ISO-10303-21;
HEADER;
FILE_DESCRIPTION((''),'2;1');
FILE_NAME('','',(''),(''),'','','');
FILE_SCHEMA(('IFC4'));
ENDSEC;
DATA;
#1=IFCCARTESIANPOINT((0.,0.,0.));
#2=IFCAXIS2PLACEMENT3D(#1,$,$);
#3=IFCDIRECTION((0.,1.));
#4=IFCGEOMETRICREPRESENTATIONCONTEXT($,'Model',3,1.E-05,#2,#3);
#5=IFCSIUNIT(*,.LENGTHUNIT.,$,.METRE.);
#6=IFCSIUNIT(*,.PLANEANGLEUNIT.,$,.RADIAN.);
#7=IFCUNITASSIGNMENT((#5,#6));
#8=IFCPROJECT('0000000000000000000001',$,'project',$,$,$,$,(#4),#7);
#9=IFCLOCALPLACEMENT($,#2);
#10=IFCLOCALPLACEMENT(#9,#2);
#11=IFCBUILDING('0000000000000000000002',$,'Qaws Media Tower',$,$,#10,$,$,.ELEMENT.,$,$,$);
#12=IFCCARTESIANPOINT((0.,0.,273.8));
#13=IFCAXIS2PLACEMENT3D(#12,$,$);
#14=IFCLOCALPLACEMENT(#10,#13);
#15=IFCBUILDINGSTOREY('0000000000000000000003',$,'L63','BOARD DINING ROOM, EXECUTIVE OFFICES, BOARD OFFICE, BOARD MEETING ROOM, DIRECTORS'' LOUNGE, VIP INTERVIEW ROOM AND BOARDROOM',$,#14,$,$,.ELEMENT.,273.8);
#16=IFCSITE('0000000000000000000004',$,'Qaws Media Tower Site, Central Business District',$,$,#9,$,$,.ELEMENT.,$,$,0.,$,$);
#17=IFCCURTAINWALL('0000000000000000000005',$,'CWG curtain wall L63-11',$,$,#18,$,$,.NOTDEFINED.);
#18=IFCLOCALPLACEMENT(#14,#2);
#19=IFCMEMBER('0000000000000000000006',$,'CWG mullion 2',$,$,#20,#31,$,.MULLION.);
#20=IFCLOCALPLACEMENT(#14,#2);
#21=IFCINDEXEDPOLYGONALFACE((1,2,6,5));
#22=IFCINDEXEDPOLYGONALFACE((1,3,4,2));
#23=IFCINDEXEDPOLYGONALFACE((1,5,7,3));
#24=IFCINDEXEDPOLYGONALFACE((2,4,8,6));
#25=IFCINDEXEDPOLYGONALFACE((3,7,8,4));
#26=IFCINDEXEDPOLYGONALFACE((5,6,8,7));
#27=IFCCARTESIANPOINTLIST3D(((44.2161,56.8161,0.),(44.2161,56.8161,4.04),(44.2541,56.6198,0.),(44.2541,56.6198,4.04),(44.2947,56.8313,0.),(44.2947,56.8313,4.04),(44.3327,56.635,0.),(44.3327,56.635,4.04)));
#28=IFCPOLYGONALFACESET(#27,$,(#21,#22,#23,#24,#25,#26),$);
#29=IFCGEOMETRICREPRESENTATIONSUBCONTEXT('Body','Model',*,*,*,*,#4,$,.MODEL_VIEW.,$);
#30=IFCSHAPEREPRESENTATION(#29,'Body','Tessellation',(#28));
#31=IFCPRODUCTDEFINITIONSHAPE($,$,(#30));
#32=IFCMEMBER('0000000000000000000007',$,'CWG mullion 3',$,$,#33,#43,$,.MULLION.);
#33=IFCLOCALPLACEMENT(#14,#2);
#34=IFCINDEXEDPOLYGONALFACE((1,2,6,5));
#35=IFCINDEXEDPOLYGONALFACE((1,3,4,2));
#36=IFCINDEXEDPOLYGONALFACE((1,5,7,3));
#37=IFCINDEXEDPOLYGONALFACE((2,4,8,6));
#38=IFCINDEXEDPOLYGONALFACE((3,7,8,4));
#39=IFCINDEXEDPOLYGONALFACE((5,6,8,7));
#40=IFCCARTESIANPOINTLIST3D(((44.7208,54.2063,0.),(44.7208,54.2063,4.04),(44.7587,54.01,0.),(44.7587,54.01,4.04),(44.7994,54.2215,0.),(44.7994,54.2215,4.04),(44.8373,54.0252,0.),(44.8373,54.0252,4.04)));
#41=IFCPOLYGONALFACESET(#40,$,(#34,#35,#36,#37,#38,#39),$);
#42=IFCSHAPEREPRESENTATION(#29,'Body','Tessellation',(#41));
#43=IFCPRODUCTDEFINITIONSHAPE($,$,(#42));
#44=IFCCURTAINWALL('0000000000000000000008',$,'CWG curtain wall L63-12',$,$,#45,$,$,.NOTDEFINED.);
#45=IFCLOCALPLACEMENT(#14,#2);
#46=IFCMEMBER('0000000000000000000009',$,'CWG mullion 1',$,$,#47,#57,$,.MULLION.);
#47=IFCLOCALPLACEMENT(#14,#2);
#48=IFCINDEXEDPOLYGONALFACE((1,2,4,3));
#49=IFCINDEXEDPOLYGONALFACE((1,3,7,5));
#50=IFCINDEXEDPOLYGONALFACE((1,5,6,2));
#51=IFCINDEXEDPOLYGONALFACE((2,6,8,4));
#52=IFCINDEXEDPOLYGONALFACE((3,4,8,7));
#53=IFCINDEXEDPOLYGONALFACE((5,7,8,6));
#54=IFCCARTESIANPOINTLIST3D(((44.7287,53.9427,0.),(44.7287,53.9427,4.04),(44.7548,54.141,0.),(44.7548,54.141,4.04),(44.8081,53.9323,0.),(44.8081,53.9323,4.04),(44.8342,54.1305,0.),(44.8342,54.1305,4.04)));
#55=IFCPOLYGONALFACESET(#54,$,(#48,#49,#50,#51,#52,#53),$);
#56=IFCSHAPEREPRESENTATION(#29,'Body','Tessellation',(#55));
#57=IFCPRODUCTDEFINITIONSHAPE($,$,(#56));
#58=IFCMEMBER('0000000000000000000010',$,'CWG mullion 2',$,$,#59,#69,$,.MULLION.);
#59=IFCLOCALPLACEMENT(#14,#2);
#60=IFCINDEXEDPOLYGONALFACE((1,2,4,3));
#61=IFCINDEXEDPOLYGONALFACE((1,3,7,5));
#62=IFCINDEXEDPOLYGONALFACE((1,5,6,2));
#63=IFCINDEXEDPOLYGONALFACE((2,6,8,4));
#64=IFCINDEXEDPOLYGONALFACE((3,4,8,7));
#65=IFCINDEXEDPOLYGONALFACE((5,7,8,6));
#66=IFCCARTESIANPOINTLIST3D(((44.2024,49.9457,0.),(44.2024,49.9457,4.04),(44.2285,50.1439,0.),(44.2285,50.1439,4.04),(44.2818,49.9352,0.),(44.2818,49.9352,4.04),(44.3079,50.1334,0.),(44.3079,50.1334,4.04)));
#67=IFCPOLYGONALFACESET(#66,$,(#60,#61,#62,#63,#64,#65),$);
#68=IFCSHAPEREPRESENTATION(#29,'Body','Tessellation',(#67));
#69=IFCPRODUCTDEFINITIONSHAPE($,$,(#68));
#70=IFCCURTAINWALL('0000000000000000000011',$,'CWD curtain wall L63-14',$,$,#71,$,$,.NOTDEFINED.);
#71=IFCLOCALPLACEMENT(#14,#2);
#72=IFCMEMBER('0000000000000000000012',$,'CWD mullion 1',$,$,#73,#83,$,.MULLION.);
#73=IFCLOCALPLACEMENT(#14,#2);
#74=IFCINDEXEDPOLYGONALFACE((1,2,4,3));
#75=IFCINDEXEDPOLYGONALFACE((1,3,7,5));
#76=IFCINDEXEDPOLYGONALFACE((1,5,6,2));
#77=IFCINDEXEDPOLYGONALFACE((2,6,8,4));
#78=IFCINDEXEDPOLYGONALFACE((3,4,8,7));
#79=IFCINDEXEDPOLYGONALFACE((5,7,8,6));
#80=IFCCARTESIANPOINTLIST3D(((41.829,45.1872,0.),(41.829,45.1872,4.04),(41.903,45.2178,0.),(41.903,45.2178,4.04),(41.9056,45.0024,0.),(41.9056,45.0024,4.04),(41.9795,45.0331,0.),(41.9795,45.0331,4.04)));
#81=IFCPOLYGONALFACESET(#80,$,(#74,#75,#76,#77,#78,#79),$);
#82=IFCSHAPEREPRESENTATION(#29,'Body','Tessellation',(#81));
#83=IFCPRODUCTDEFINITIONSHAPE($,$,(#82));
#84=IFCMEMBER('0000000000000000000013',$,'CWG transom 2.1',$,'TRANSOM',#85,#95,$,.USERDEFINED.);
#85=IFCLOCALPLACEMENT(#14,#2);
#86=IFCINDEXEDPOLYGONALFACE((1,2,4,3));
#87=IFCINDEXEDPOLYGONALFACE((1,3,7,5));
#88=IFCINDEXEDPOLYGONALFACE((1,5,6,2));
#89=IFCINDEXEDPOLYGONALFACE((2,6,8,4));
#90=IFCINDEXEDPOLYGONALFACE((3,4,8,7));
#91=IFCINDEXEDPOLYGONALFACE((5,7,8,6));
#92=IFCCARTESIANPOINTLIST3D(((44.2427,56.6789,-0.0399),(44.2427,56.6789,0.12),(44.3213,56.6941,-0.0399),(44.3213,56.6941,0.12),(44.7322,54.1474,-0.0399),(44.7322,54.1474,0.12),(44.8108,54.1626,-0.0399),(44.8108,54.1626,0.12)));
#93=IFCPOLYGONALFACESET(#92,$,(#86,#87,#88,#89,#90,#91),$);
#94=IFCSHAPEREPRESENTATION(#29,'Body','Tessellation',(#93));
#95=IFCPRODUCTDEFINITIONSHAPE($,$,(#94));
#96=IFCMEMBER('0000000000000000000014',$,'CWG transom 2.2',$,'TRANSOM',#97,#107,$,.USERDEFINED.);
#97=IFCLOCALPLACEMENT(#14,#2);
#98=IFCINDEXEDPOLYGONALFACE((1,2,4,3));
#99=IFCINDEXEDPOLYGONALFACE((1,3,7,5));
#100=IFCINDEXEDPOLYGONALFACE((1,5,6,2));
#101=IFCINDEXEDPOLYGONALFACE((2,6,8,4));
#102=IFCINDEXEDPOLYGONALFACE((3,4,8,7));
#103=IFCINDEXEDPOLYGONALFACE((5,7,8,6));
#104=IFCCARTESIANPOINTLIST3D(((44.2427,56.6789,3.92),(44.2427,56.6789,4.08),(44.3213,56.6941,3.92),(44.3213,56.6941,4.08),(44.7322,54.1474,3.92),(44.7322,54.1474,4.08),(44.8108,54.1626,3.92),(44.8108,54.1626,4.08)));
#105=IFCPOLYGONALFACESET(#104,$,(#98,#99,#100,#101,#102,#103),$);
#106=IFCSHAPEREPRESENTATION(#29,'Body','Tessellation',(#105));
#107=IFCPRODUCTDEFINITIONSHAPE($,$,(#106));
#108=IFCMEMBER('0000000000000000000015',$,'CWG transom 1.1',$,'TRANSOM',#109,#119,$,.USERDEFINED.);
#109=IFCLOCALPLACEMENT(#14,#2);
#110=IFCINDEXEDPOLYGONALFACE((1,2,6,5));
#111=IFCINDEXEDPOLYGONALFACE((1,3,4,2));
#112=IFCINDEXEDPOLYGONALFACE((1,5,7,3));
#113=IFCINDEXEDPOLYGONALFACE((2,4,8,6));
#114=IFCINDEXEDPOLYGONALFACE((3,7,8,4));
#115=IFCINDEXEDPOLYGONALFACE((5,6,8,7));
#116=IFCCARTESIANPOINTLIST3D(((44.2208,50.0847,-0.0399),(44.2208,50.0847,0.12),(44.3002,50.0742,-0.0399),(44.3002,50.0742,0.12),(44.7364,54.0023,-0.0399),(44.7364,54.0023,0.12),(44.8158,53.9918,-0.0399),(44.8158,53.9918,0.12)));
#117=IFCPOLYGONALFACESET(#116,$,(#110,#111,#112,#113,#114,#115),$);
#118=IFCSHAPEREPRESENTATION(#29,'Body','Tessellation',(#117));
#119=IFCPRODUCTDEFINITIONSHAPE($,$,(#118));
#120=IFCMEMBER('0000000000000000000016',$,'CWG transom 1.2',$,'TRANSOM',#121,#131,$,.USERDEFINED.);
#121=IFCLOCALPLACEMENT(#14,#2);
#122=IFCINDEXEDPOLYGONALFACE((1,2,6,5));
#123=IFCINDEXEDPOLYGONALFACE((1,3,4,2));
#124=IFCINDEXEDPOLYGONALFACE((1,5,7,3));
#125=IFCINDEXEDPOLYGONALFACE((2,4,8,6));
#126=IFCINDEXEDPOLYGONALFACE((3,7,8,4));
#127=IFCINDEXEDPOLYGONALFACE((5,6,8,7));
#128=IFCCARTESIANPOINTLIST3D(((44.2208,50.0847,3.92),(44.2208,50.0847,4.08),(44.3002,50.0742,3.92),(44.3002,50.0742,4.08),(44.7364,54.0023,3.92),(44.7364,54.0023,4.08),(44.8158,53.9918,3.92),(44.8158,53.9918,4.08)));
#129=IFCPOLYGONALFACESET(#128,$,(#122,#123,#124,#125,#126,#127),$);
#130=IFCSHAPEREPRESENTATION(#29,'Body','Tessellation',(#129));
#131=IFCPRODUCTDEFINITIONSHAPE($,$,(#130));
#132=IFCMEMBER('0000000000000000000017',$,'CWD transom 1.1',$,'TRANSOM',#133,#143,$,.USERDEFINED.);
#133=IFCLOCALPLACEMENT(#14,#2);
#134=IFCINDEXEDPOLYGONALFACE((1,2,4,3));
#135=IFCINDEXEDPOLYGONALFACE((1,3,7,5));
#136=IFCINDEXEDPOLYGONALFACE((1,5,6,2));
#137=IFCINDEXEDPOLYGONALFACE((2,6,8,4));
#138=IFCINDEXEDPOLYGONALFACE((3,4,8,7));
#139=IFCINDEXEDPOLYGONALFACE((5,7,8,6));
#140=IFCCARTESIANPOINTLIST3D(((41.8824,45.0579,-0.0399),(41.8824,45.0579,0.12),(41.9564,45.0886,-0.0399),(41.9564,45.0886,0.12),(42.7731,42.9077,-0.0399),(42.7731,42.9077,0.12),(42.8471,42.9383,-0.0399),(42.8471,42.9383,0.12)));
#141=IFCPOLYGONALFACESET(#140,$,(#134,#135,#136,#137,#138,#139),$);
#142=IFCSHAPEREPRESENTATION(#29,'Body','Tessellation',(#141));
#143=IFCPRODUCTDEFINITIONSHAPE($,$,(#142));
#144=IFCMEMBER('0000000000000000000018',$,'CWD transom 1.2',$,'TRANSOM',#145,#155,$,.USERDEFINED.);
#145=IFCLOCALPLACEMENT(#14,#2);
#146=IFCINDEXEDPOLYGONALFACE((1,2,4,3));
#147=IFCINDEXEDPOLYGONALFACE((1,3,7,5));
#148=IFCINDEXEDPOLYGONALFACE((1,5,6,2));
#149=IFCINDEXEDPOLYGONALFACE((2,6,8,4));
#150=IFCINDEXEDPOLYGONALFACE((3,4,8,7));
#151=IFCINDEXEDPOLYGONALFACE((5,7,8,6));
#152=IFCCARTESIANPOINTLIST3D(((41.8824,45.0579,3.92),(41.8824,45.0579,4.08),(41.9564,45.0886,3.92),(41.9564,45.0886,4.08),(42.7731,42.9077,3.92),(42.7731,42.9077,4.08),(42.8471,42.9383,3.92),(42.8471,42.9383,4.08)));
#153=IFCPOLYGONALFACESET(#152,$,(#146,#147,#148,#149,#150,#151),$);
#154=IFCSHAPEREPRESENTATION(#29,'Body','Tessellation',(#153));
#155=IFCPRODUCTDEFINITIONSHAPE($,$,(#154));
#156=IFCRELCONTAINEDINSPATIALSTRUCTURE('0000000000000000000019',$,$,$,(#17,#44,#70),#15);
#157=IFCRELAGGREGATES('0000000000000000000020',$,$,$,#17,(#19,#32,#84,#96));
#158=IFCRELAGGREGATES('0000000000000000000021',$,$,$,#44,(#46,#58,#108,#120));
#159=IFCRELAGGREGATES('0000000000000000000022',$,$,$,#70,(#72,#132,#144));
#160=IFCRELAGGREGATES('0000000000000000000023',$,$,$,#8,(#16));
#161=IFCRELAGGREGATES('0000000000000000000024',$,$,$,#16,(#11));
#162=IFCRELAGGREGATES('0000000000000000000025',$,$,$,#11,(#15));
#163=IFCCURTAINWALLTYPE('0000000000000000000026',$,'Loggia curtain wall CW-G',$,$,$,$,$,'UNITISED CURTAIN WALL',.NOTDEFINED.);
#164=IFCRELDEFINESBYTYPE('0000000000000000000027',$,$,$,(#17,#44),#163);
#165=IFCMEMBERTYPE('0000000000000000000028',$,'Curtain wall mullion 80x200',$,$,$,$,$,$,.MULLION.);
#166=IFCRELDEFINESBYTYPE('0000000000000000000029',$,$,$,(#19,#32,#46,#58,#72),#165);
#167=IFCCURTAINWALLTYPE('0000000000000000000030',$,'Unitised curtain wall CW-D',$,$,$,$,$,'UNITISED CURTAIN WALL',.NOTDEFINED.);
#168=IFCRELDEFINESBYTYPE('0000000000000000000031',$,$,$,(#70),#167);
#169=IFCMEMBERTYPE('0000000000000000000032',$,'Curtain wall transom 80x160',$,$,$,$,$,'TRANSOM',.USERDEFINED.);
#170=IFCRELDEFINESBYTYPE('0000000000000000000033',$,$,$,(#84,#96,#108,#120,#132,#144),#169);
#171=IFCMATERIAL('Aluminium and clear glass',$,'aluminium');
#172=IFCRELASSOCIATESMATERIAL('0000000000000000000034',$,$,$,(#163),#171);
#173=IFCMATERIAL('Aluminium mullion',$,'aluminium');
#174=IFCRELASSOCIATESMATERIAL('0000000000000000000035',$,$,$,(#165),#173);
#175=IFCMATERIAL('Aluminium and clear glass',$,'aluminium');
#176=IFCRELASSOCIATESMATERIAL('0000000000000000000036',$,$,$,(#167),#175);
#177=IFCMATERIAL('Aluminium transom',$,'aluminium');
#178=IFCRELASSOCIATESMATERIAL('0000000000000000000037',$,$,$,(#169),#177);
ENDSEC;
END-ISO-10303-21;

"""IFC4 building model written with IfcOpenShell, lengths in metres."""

from ifc_helpers import new_model, si_unit, direction, frame, origin, origin_2d, place, context, subcontext, project, spatial, rectangle, extrude, material, material_profile, profile_set, type_object, element, aggregate, save


model = new_model("IFC4")

# Units and contexts
model_context = context("Model", 3, precision=1e-05, world=origin(), true_north=direction((0.0, 1.0)))
body_context = subcontext(model_context, "Body", "Model", "MODEL_VIEW")
ifc_project = project(units=[si_unit("LENGTHUNIT", "METRE"), si_unit("PLANEANGLEUNIT", "RADIAN")], contexts=[model_context])

# Site, building, storey
site_placement = place(None, origin())
site = spatial("IfcSite", under=ifc_project, at=site_placement, Name="Qaws Media Tower Site, Central Business District", CompositionType="ELEMENT", RefElevation=0.0)
building_placement = place(site_placement, origin())
building = spatial("IfcBuilding", under=site, at=building_placement, Name="Qaws Media Tower", CompositionType="ELEMENT")
storey_placement = place(building_placement, frame((0.0, 0.0, 273.8)))
storey = spatial("IfcBuildingStorey", under=building, at=storey_placement, Name="L63", Description="BOARD DINING ROOM, EXECUTIVE OFFICES, BOARD OFFICE, BOARD MEETING ROOM, DIRECTORS' LOUNGE, VIP INTERVIEW ROOM AND BOARDROOM", CompositionType="ELEMENT", Elevation=273.8)

# Curtain walls, members
ifc_material_1 = material(Name="Aluminium and clear glass", Category="aluminium")
curtain_wall_type_1 = type_object("IfcCurtainWallType", Name="Loggia curtain wall CW-G", ElementType="UNITISED CURTAIN WALL", PredefinedType="NOTDEFINED", material=ifc_material_1)
curtain_wall_1_placement = place(storey_placement, origin())
curtain_wall_1 = element("IfcCurtainWall", 1, at=curtain_wall_1_placement, inside=storey, type_object=curtain_wall_type_1, Name="CWG curtain wall L63-11", PredefinedType="NOTDEFINED")
ifc_material_2 = material(Name="Aluminium mullion", Category="aluminium")
ifc_material_profile_1 = material_profile(ifc_material_2, rectangle(XDim=0.0801, YDim=0.2, at=origin_2d()), Name="80x200")
ifc_profile_set_1 = profile_set([ifc_material_profile_1], Name="Aluminium mullion")
member_type_1 = type_object("IfcMemberType", Name="Curtain wall mullion 80x200", PredefinedType="MULLION", material=ifc_profile_set_1)
member_1_placement = place(storey_placement, frame((44.2744, 56.7256, 0.0), z_axis=(0.0, 0.0, 1.0), x_axis=(0.981811, 0.189863, 0.0)))
member_1 = element("IfcMember", 2, at=member_1_placement, type_object=member_type_1, Name="CWG mullion 2", PredefinedType="MULLION", context=body_context, shape_type="SweptSolid", body=[
    extrude(rectangle(XDim=0.0801, YDim=0.2, at=origin_2d()), origin(), (0.0, 0.0, 1.0), 4.04),
])
member_2_placement = place(storey_placement, frame((44.7791, 54.1157, 0.0), z_axis=(0.0, 0.0, 1.0), x_axis=(0.981811, 0.189863, 0.0)))
member_2 = element("IfcMember", 3, at=member_2_placement, type_object=member_type_1, Name="CWG mullion 3", PredefinedType="MULLION", context=body_context, shape_type="SweptSolid", body=[
    extrude(rectangle(XDim=0.0801, YDim=0.2, at=origin_2d()), origin(), (0.0, 0.0, 1.0), 4.04),
])
curtain_wall_2_placement = place(storey_placement, origin())
curtain_wall_2 = element("IfcCurtainWall", 4, at=curtain_wall_2_placement, inside=storey, type_object=curtain_wall_type_1, Name="CWG curtain wall L63-12", PredefinedType="NOTDEFINED")
member_3_placement = place(storey_placement, frame((44.7815, 54.0366, 0.0), z_axis=(0.0, 0.0, 1.0), x_axis=(0.991445, -0.130526, 0.0)))
member_3 = element("IfcMember", 5, at=member_3_placement, type_object=member_type_1, Name="CWG mullion 1", PredefinedType="MULLION", context=body_context, shape_type="SweptSolid", body=[
    extrude(rectangle(XDim=0.0801, YDim=0.2, at=origin_2d()), origin(), (0.0, 0.0, 1.0), 4.04),
])
member_4_placement = place(storey_placement, frame((44.2551, 50.0396, 0.0), z_axis=(0.0, 0.0, 1.0), x_axis=(0.991445, -0.130526, 0.0)))
member_4 = element("IfcMember", 6, at=member_4_placement, type_object=member_type_1, Name="CWG mullion 2", PredefinedType="MULLION", context=body_context, shape_type="SweptSolid", body=[
    extrude(rectangle(XDim=0.0801, YDim=0.2, at=origin_2d()), origin(), (0.0, 0.0, 1.0), 4.04),
])

# Curtain wall, member
ifc_material_3 = material(Name="Aluminium and clear glass", Category="aluminium")
curtain_wall_type_2 = type_object("IfcCurtainWallType", Name="Unitised curtain wall CW-D", ElementType="UNITISED CURTAIN WALL", PredefinedType="NOTDEFINED", material=ifc_material_3)
curtain_wall_3_placement = place(storey_placement, origin())
curtain_wall_3 = element("IfcCurtainWall", 7, at=curtain_wall_3_placement, inside=storey, type_object=curtain_wall_type_2, Name="CWD curtain wall L63-14", PredefinedType="NOTDEFINED")
member_5_placement = place(storey_placement, frame((41.9043, 45.1101, 0.0), z_axis=(0.0, 0.0, 1.0), x_axis=(0.92388, 0.382683, 0.0)))
member_5 = element("IfcMember", 8, at=member_5_placement, type_object=member_type_1, Name="CWD mullion 1", PredefinedType="MULLION", context=body_context, shape_type="SweptSolid", body=[
    extrude(rectangle(XDim=0.0801, YDim=0.2, at=origin_2d()), origin(), (0.0, 0.0, 1.0), 4.04),
])

# Members
ifc_material_4 = material(Name="Aluminium transom", Category="aluminium")
ifc_material_profile_2 = material_profile(ifc_material_4, rectangle(XDim=0.0801, YDim=0.1599, at=origin_2d()), Name="80x160")
ifc_profile_set_2 = profile_set([ifc_material_profile_2], Name="Aluminium transom")
member_type_2 = type_object("IfcMemberType", Name="Curtain wall transom 80x160", ElementType="TRANSOM", PredefinedType="USERDEFINED", material=ifc_profile_set_2)
member_6_placement = place(storey_placement, frame((44.282, 56.6865, 0.04), z_axis=(0.189848, -0.981813, 0.0), x_axis=(0.981813, 0.189848, 0.0)))
member_6 = element("IfcMember", 9, at=member_6_placement, type_object=member_type_2, Name="CWG transom 2.1", ObjectType="TRANSOM", PredefinedType="USERDEFINED", context=body_context, shape_type="SweptSolid", body=[
    extrude(rectangle(XDim=0.0801, YDim=0.1599, at=origin_2d()), origin(), (0.0, 0.0, 1.0), 2.5784),
])
member_7_placement = place(storey_placement, frame((44.282, 56.6865, 4.0), z_axis=(0.189848, -0.981813, 0.0), x_axis=(0.981813, 0.189848, 0.0)))
member_7 = element("IfcMember", 10, at=member_7_placement, type_object=member_type_2, Name="CWG transom 2.2", ObjectType="TRANSOM", PredefinedType="USERDEFINED", context=body_context, shape_type="SweptSolid", body=[
    extrude(rectangle(XDim=0.0801, YDim=0.1599, at=origin_2d()), origin(), (0.0, 0.0, 1.0), 2.5784),
])
member_8_placement = place(storey_placement, frame((44.7761, 53.9971, 0.04), z_axis=(-0.130488, -0.99145, 0.0), x_axis=(0.99145, -0.130488, 0.0)))
member_8 = element("IfcMember", 11, at=member_8_placement, type_object=member_type_2, Name="CWG transom 1.1", ObjectType="TRANSOM", PredefinedType="USERDEFINED", context=body_context, shape_type="SweptSolid", body=[
    extrude(rectangle(XDim=0.0801, YDim=0.1599, at=origin_2d()), origin(), (0.0, 0.0, 1.0), 3.9514),
])
member_9_placement = place(storey_placement, frame((44.7761, 53.9971, 4.0), z_axis=(-0.130488, -0.99145, 0.0), x_axis=(0.99145, -0.130488, 0.0)))
member_9 = element("IfcMember", 12, at=member_9_placement, type_object=member_type_2, Name="CWG transom 1.2", ObjectType="TRANSOM", PredefinedType="USERDEFINED", context=body_context, shape_type="SweptSolid", body=[
    extrude(rectangle(XDim=0.0801, YDim=0.1599, at=origin_2d()), origin(), (0.0, 0.0, 1.0), 3.9514),
])
member_10_placement = place(storey_placement, frame((41.9194, 45.0732, 0.04), z_axis=(0.382685, -0.923879, 0.0), x_axis=(0.923879, 0.382685, 0.0)))
member_10 = element("IfcMember", 13, at=member_10_placement, type_object=member_type_2, Name="CWD transom 1.1", ObjectType="TRANSOM", PredefinedType="USERDEFINED", context=body_context, shape_type="SweptSolid", body=[
    extrude(rectangle(XDim=0.0801, YDim=0.1599, at=origin_2d()), origin(), (0.0, 0.0, 1.0), 2.3274),
])
member_11_placement = place(storey_placement, frame((41.9194, 45.0732, 4.0), z_axis=(0.382685, -0.923879, 0.0), x_axis=(0.923879, 0.382685, 0.0)))
member_11 = element("IfcMember", 14, at=member_11_placement, type_object=member_type_2, Name="CWD transom 1.2", ObjectType="TRANSOM", PredefinedType="USERDEFINED", context=body_context, shape_type="SweptSolid", body=[
    extrude(rectangle(XDim=0.0801, YDim=0.1599, at=origin_2d()), origin(), (0.0, 0.0, 1.0), 2.3274),
])

aggregate(curtain_wall_1, [member_1, member_2, member_6, member_7])
aggregate(curtain_wall_2, [member_3, member_4, member_8, member_9])
aggregate(curtain_wall_3, [member_5, member_10, member_11])

save(model, "model.ifc")
